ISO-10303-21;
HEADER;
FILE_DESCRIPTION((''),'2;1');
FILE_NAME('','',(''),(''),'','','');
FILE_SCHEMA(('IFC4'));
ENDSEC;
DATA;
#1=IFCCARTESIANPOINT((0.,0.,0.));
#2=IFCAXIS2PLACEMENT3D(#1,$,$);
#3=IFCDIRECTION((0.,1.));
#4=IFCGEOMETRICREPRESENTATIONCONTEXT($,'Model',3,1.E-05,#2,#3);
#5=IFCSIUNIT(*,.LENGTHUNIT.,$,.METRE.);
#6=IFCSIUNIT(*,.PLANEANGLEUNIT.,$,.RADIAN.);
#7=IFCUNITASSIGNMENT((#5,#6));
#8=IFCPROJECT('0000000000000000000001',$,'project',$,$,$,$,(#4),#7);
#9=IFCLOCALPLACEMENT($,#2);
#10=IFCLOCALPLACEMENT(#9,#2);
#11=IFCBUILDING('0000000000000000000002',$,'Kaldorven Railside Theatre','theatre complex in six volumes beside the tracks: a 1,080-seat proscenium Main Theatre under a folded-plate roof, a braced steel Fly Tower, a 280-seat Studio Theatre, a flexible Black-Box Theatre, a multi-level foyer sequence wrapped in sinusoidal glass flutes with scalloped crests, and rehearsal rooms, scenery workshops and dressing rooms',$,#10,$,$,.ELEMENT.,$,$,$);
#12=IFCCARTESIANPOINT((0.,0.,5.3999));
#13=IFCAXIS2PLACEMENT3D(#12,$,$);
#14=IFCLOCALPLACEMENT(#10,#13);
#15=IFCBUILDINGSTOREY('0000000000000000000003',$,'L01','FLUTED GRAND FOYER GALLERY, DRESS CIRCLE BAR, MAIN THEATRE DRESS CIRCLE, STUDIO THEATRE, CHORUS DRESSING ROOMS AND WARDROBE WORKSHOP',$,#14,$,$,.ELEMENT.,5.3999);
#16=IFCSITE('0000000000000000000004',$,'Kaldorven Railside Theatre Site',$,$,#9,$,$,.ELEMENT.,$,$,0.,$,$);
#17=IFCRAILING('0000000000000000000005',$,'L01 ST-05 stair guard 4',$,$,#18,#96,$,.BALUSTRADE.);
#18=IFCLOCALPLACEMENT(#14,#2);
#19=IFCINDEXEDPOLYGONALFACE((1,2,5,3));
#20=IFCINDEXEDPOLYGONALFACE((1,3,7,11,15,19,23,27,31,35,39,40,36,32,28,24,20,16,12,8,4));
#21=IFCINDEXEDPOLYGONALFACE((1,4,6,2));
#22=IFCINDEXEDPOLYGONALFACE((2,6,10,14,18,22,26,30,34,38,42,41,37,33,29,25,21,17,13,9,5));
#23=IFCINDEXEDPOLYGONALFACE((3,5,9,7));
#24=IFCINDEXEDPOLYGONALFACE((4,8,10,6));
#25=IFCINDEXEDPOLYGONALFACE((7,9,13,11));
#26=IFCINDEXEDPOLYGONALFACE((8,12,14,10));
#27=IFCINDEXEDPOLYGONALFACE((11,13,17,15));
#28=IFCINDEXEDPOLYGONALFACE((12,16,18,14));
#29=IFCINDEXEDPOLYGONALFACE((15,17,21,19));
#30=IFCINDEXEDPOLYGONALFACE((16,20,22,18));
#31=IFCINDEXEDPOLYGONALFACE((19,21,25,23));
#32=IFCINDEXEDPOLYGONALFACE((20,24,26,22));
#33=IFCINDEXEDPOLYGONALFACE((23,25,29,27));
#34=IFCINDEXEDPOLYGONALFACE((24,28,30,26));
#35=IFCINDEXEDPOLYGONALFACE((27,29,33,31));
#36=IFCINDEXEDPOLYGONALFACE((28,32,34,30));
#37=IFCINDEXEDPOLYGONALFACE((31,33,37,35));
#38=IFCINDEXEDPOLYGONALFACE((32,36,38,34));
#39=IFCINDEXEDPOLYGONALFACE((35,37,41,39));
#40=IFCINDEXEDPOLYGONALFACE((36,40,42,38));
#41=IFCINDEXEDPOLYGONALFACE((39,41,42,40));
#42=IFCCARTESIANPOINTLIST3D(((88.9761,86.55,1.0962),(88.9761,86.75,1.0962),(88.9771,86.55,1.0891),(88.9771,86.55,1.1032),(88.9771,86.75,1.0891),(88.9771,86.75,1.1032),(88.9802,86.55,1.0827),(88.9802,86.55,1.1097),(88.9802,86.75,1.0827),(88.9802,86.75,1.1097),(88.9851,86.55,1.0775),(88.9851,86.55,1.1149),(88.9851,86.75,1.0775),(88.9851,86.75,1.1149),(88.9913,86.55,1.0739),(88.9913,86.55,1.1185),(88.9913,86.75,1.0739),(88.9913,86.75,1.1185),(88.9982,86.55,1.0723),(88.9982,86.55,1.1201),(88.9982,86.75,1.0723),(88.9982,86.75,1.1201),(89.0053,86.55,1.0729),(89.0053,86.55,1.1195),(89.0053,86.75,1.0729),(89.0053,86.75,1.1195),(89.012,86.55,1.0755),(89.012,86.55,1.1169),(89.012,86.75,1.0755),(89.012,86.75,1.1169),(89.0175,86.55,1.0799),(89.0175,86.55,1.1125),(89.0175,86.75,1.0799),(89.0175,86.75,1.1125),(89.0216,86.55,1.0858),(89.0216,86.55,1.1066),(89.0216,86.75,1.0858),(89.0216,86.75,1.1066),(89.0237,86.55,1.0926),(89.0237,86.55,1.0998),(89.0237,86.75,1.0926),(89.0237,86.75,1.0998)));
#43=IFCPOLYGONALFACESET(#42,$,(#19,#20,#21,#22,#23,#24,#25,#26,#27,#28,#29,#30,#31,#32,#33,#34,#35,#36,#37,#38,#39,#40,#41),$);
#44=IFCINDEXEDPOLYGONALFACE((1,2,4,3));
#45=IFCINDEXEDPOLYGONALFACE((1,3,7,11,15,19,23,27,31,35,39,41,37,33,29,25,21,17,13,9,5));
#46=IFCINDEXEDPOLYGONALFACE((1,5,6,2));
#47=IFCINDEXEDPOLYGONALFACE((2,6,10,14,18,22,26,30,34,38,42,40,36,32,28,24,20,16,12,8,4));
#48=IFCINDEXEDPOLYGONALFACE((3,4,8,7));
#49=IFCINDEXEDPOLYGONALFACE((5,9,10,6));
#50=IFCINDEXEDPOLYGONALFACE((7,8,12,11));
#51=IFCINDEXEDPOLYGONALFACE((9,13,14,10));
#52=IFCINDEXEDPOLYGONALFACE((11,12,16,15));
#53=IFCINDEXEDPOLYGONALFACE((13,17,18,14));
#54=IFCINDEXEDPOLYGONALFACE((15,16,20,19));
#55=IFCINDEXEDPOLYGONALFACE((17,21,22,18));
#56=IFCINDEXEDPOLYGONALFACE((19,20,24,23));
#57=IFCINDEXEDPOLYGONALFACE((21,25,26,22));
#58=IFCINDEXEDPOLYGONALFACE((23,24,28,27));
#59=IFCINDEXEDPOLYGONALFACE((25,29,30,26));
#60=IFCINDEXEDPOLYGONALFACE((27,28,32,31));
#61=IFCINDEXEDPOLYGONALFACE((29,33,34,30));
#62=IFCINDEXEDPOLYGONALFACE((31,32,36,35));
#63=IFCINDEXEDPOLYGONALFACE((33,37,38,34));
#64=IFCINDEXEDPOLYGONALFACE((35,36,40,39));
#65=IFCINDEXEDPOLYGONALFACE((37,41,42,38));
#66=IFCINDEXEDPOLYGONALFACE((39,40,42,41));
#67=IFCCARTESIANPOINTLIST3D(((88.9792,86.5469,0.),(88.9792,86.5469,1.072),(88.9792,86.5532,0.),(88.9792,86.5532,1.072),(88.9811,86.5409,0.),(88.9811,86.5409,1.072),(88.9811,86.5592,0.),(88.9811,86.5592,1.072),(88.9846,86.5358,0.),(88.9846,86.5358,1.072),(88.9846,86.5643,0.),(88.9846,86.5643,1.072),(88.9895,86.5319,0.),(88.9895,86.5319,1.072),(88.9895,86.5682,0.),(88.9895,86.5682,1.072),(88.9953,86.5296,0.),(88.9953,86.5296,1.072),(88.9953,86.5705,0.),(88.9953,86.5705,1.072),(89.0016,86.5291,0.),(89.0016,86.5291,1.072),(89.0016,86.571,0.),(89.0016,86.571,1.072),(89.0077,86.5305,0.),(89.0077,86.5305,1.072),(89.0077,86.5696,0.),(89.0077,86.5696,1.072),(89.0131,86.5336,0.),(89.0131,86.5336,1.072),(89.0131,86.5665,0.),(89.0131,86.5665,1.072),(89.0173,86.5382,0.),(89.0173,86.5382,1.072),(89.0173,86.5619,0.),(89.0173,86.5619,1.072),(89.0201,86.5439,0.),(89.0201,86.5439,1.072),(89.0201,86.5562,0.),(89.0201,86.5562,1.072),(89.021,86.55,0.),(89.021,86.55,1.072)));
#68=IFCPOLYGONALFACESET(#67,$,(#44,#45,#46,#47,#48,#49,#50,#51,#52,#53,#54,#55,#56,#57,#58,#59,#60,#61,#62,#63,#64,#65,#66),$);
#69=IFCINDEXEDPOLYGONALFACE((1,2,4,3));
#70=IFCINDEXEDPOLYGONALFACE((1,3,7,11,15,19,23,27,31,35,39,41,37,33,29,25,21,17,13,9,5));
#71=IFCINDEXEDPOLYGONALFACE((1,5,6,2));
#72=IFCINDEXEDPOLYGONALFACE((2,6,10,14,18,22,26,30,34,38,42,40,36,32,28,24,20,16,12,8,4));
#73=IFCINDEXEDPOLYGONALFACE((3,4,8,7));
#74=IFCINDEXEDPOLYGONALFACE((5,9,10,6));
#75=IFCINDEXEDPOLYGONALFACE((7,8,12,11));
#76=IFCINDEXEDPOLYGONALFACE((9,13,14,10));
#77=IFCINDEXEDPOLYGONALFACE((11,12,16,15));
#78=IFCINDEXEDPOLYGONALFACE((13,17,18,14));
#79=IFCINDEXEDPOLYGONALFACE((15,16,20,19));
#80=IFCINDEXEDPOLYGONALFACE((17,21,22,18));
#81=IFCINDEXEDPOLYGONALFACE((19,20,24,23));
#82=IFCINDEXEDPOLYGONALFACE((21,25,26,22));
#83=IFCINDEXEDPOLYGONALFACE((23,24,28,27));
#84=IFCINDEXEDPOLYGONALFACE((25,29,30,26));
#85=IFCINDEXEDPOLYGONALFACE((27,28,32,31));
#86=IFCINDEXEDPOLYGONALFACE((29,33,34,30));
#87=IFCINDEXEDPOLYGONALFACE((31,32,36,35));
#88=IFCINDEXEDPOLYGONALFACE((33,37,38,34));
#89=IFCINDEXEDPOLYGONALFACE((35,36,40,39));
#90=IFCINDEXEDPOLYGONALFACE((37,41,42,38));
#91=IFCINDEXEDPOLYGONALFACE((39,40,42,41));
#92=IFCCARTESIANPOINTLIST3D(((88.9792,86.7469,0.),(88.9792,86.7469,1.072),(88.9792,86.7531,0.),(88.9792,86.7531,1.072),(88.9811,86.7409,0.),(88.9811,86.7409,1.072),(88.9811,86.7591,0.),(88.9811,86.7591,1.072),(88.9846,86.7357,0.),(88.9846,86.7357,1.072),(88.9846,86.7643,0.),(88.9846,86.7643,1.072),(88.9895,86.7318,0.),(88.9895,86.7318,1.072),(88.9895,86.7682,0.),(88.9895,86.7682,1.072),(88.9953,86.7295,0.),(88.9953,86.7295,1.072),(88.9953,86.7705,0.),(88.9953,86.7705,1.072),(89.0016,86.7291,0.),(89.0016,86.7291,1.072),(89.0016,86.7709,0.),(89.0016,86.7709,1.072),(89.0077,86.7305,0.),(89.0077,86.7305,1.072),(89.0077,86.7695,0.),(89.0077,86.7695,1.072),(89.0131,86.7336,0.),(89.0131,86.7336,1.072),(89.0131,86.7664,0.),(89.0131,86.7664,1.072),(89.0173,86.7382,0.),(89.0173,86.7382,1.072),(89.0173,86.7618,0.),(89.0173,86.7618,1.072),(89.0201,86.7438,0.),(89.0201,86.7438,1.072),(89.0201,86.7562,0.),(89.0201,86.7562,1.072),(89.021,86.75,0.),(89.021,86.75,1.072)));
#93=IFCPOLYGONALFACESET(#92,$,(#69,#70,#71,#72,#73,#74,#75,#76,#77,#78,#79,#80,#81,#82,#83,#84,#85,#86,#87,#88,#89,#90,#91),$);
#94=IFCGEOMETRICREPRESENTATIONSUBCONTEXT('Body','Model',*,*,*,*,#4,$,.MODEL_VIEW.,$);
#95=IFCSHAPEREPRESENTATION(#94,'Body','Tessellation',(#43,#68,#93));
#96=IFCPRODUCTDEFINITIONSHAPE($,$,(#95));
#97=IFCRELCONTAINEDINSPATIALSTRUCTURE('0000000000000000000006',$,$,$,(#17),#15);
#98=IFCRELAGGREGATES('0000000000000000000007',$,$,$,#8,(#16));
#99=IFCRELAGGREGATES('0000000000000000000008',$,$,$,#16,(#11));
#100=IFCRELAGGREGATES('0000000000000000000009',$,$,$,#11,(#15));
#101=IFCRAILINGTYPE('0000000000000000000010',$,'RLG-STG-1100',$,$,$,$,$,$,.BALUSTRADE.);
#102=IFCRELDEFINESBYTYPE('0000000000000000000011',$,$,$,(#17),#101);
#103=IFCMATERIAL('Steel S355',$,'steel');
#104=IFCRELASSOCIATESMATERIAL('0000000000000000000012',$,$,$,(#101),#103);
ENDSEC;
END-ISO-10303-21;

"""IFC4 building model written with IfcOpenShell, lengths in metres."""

from ifc_helpers import new_model, si_unit, direction, frame, origin, origin_2d, place, context, subcontext, project, spatial, circle, extrude, material, type_object, element, save


model = new_model("IFC4")

# Units and contexts
model_context = context("Model", 3, precision=1e-05, world=origin(), true_north=direction((0.0, 1.0)))
body_context = subcontext(model_context, "Body", "Model", "MODEL_VIEW")
ifc_project = project(units=[si_unit("LENGTHUNIT", "METRE"), si_unit("PLANEANGLEUNIT", "RADIAN")], contexts=[model_context])

# Site, building, storey
site_placement = place(None, origin())
site = spatial("IfcSite", under=ifc_project, at=site_placement, Name="Kaldorven Railside Theatre Site", CompositionType="ELEMENT", RefElevation=0.0)
building_placement = place(site_placement, origin())
building = spatial("IfcBuilding", under=site, at=building_placement, Name="Kaldorven Railside Theatre", Description="theatre complex in six volumes beside the tracks: a 1,080-seat proscenium Main Theatre under a folded-plate roof, a braced steel Fly Tower, a 280-seat Studio Theatre, a flexible Black-Box Theatre, a multi-level foyer sequence wrapped in sinusoidal glass flutes with scalloped crests, and rehearsal rooms, scenery workshops and dressing rooms", CompositionType="ELEMENT")
storey_placement = place(building_placement, frame((0.0, 0.0, 5.3999)))
storey = spatial("IfcBuildingStorey", under=building, at=storey_placement, Name="L01", Description="FLUTED GRAND FOYER GALLERY, DRESS CIRCLE BAR, MAIN THEATRE DRESS CIRCLE, STUDIO THEATRE, CHORUS DRESSING ROOMS AND WARDROBE WORKSHOP", CompositionType="ELEMENT", Elevation=5.3999)

# Shared definitions
ifc_material_1 = material(Name="Steel S355", Category="steel")

# Railing
railing_type_1 = type_object("IfcRailingType", Name="RLG-STG-1100", PredefinedType="BALUSTRADE", material=ifc_material_1)
railing_1_placement = place(storey_placement, frame((89.0, 86.55, 0.0)))
element("IfcRailing", 1, at=railing_1_placement, inside=storey, type_object=railing_type_1, Name="L01 ST-05 stair guard 4", PredefinedType="BALUSTRADE", context=body_context, shape_type="SweptSolid", body=[
    extrude(circle(Radius=0.0239, at=origin_2d()), frame((0.0, 0.0, 1.0962), z_axis=(0.0, 1.0, 0.0), x_axis=(-1.0, 0.0, 0.0)), (0.0, 0.0, 1.0), 0.2),
    extrude(circle(Radius=0.021, at=origin_2d()), origin(), (0.0, 0.0, 1.0), 1.072),
    extrude(circle(Radius=0.021, at=origin_2d()), frame((0.0, 0.2, 0.0)), (0.0, 0.0, 1.0), 1.072),
])

save(model, "model.ifc")
